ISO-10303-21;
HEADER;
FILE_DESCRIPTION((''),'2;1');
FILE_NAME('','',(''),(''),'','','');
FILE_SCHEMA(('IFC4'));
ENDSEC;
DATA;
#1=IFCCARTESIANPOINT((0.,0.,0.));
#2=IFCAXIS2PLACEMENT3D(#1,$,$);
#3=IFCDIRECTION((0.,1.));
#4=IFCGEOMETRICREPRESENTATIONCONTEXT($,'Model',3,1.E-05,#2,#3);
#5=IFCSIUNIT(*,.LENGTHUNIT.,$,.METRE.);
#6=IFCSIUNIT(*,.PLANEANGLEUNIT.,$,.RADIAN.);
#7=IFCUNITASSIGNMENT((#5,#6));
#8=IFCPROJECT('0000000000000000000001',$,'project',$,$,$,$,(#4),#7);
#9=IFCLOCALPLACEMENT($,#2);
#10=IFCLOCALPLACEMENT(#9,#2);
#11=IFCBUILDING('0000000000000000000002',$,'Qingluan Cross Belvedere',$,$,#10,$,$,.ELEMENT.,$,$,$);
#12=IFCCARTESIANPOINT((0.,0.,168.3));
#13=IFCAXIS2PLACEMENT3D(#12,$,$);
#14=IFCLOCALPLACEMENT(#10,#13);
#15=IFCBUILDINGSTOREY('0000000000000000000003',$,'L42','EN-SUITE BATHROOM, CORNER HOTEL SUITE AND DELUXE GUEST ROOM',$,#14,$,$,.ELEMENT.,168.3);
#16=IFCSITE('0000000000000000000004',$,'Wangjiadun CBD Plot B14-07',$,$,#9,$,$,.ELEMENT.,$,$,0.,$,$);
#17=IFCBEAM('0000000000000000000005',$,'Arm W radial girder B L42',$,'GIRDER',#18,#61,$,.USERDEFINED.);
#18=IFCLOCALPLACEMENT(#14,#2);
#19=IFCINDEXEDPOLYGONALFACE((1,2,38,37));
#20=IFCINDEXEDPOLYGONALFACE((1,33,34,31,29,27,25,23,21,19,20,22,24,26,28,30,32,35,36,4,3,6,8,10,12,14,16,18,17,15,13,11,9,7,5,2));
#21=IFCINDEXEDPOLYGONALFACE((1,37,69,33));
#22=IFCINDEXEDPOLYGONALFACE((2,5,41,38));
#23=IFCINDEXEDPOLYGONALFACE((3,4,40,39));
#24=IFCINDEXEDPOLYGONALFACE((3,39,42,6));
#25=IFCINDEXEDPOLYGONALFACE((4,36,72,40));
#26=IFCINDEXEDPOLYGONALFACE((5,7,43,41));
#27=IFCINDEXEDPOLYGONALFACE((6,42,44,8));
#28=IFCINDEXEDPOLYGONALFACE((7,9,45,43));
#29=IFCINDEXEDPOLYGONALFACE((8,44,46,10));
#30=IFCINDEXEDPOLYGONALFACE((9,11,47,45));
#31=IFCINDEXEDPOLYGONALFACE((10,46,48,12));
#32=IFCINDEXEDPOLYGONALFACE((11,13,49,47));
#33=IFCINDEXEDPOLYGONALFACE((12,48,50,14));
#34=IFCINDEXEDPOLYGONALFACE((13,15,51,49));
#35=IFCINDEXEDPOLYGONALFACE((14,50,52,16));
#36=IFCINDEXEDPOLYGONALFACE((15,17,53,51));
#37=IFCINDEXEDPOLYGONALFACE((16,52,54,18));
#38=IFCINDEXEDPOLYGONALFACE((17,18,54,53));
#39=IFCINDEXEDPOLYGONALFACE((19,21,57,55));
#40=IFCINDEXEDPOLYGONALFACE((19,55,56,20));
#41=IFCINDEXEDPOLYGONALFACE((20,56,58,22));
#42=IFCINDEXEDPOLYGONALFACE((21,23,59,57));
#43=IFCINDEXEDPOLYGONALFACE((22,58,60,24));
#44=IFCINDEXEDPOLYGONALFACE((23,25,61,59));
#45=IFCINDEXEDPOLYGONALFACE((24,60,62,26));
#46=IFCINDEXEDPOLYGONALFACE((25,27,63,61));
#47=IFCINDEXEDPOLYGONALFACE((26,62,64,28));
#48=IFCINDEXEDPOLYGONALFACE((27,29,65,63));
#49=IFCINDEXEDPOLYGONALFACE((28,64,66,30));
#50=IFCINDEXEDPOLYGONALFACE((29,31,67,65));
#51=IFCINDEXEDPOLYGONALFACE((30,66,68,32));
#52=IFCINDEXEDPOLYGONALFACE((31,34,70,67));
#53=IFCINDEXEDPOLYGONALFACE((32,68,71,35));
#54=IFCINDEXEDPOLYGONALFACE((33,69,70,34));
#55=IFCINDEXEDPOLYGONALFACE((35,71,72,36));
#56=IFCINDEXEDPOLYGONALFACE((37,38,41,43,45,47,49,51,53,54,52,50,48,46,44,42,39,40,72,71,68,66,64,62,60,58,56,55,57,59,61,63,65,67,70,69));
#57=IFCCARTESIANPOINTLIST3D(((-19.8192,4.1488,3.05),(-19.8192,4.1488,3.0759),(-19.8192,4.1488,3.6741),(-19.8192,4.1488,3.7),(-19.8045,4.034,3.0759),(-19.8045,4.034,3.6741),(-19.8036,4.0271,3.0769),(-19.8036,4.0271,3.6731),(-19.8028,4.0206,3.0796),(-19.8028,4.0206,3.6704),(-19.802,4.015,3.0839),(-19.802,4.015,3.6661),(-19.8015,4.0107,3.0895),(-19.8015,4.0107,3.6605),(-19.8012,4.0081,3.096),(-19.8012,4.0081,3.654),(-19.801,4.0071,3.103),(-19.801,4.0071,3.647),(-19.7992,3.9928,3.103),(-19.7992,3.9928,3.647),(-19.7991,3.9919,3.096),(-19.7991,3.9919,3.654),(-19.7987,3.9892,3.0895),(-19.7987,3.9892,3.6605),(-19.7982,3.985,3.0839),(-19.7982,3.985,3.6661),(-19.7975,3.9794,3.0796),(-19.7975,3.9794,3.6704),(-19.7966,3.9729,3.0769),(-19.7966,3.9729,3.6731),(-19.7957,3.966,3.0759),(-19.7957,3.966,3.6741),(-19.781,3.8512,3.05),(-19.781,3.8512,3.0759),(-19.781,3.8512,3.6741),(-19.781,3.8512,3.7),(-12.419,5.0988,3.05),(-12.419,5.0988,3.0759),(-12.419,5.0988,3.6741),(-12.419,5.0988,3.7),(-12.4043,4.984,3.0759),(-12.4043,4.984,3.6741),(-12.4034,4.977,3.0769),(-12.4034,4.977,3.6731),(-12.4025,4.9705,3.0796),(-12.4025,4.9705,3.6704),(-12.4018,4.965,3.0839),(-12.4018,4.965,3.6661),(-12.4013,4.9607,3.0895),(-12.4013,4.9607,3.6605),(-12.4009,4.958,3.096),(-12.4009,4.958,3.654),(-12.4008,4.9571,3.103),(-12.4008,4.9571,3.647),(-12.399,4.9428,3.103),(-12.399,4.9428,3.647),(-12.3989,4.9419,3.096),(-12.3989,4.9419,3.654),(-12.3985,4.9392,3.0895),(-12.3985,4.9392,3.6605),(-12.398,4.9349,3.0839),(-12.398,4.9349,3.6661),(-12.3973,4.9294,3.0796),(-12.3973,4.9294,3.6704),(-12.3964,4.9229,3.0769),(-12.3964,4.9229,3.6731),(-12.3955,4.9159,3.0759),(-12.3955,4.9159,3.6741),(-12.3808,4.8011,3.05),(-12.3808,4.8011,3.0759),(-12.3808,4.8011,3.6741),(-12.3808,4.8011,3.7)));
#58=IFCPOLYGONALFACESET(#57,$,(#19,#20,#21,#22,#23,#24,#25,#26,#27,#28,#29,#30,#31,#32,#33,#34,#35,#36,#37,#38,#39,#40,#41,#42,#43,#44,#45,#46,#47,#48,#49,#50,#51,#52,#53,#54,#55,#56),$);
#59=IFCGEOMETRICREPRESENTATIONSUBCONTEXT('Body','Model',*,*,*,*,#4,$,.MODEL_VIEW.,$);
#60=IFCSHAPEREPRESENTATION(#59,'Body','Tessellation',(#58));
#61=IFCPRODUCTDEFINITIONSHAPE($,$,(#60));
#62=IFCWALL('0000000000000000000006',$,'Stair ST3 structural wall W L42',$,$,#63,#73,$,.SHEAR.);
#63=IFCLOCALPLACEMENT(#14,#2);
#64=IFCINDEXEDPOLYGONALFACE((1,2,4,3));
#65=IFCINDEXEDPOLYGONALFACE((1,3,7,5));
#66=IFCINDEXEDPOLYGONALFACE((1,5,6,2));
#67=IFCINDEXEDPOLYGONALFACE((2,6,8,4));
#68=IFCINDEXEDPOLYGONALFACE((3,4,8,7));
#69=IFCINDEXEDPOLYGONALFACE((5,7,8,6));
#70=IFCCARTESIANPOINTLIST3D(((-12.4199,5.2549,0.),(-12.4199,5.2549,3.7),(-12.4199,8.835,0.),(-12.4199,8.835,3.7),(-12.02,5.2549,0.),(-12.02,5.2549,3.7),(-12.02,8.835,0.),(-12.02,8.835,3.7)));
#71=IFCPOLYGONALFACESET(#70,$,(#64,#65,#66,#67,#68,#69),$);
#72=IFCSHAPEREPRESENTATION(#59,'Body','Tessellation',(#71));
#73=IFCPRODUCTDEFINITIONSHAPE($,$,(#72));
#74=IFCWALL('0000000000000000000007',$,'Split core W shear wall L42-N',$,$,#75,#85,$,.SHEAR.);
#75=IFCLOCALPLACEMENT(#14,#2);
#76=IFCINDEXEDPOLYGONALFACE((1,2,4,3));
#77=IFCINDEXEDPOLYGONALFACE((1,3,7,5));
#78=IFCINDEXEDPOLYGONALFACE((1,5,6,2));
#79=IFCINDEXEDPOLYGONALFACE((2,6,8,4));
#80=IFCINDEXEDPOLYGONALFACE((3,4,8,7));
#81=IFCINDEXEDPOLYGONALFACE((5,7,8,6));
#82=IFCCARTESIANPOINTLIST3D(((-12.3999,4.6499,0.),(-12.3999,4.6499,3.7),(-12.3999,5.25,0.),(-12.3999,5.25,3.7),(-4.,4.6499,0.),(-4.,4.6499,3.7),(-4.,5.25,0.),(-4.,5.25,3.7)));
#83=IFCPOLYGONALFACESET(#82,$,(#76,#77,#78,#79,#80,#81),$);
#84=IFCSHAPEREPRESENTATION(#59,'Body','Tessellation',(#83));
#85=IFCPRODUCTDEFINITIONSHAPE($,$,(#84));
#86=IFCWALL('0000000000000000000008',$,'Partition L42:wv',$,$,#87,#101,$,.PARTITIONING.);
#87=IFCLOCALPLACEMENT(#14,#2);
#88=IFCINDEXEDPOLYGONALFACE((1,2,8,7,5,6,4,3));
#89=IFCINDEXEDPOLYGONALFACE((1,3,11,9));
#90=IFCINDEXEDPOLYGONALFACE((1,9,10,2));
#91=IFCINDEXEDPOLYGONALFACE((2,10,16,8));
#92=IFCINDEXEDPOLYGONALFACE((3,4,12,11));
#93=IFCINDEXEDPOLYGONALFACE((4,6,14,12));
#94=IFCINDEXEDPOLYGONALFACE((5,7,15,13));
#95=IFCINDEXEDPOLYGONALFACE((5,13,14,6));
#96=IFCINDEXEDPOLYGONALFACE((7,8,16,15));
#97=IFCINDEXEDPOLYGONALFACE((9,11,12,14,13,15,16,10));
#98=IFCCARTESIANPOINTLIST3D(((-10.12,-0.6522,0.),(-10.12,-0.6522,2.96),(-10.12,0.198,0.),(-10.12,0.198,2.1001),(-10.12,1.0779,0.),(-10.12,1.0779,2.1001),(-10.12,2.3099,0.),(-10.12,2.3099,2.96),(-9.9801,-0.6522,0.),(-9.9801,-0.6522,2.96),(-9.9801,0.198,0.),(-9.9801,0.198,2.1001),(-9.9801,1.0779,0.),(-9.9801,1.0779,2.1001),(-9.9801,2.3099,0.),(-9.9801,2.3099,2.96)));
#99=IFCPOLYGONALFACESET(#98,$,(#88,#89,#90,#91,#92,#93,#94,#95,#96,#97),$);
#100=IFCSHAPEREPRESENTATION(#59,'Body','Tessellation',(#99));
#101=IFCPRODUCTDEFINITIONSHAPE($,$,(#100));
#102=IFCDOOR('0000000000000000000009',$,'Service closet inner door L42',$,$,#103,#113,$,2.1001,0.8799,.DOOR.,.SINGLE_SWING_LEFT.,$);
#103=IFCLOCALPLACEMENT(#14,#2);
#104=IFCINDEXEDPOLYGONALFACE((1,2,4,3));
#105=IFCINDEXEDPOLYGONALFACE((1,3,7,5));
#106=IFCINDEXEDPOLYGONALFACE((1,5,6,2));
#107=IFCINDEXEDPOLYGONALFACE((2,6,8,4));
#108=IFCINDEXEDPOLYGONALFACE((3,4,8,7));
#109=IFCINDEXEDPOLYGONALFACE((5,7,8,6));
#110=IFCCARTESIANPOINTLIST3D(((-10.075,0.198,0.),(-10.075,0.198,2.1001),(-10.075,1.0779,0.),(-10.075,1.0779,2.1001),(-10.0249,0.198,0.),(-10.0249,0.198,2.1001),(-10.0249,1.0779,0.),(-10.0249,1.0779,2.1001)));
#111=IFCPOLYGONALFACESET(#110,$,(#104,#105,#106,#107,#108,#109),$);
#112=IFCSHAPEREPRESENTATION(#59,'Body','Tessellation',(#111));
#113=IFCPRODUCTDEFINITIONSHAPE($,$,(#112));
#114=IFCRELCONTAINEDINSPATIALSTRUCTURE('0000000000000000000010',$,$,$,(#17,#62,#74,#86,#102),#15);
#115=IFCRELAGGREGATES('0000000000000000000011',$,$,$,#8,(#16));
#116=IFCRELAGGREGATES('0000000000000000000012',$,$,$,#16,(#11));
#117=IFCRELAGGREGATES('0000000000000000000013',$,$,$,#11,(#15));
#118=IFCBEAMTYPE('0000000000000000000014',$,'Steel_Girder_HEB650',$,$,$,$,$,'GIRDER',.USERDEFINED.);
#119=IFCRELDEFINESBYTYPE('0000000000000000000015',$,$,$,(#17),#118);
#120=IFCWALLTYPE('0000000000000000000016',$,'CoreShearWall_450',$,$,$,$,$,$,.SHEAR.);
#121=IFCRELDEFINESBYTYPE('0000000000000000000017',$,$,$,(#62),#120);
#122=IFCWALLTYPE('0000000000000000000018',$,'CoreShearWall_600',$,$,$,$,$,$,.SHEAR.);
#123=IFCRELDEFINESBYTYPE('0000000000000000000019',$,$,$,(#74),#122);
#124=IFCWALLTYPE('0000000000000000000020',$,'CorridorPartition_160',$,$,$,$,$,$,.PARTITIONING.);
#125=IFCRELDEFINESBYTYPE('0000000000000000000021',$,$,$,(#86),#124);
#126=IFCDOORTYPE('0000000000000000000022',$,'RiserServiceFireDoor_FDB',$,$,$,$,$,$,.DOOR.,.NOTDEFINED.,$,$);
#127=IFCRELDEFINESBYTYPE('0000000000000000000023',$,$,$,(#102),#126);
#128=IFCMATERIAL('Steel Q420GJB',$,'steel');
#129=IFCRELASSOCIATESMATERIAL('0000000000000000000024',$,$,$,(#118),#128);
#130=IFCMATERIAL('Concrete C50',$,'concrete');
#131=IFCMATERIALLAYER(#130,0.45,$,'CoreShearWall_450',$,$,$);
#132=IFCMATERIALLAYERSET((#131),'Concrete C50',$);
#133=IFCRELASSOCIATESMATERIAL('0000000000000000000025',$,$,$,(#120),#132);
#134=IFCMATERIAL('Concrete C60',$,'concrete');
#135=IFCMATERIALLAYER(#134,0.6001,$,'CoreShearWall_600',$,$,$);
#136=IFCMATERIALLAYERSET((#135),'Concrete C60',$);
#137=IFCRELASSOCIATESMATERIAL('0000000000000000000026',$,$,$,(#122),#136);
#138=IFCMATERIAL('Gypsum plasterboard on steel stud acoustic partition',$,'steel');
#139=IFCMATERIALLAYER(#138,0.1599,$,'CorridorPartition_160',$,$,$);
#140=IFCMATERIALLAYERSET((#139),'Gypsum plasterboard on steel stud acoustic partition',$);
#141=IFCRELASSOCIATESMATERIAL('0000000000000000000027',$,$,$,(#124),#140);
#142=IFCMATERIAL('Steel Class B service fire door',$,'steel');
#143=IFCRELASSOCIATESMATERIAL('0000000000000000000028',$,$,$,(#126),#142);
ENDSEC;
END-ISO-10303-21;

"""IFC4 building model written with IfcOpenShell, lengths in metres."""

from ifc_helpers import new_model, si_unit, direction, frame, frame_2d, origin, origin_2d, place, context, subcontext, project, spatial, rectangle, i_section, extrude, material, layer, layer_set, material_profile, profile_set, type_object, element, fill, save


model = new_model("IFC4")

# Units and contexts
model_context = context("Model", 3, precision=1e-05, world=origin(), true_north=direction((0.0, 1.0)))
body_context = subcontext(model_context, "Body", "Model", "MODEL_VIEW")
ifc_project = project(units=[si_unit("LENGTHUNIT", "METRE"), si_unit("PLANEANGLEUNIT", "RADIAN")], contexts=[model_context])

# Site, building, storey
site_placement = place(None, origin())
site = spatial("IfcSite", under=ifc_project, at=site_placement, Name="Wangjiadun CBD Plot B14-07", CompositionType="ELEMENT", RefElevation=0.0)
building_placement = place(site_placement, origin())
building = spatial("IfcBuilding", under=site, at=building_placement, Name="Qingluan Cross Belvedere", CompositionType="ELEMENT")
storey_placement = place(building_placement, frame((0.0, 0.0, 168.3)))
storey = spatial("IfcBuildingStorey", under=building, at=storey_placement, Name="L42", Description="EN-SUITE BATHROOM, CORNER HOTEL SUITE AND DELUXE GUEST ROOM", CompositionType="ELEMENT", Elevation=168.3)

# Beam
ifc_material_1 = material(Name="Steel Q420GJB", Category="steel")
ifc_material_profile_1 = material_profile(ifc_material_1, i_section(OverallWidth=0.3, OverallDepth=0.6499, WebThickness=0.0144, FlangeThickness=0.0259, FilletRadius=0.0271, at=origin_2d()), Name="HEB650")
ifc_profile_set_1 = profile_set([ifc_material_profile_1], Name="Steel Q420GJB")
beam_type_1 = type_object("IfcBeamType", Name="Steel_Girder_HEB650", ElementType="GIRDER", PredefinedType="USERDEFINED", material=ifc_profile_set_1)
beam_1_placement = place(storey_placement, frame((-12.3999, 4.95, 3.375), z_axis=(-0.991861, -0.127324, 0.0), x_axis=(0.127324, -0.991861, 0.0)))
element("IfcBeam", 1, at=beam_1_placement, inside=storey, type_object=beam_type_1, Name="Arm W radial girder B L42", ObjectType="GIRDER", PredefinedType="USERDEFINED", context=body_context, shape_type="SweptSolid", body=[
    extrude(i_section(OverallWidth=0.3, OverallDepth=0.6499, WebThickness=0.0144, FlangeThickness=0.0259, FilletRadius=0.0271, at=origin_2d()), origin(), (0.0, 0.0, 1.0), 7.4609),
])

# Wall
ifc_material_2 = material(Name="Concrete C50", Category="concrete")
ifc_layer_1 = layer(ifc_material_2, 0.45, Name="CoreShearWall_450")
ifc_layer_set_1 = layer_set([ifc_layer_1], Name="Concrete C50")
wall_type_1 = type_object("IfcWallType", Name="CoreShearWall_450", PredefinedType="SHEAR", material=ifc_layer_set_1)
wall_1_placement = place(storey_placement, frame((-12.22, 5.2549, 0.0), z_axis=(0.0, 0.0, 1.0), x_axis=(0.0, 1.0, 0.0)))
element("IfcWall", 2, at=wall_1_placement, inside=storey, type_object=wall_type_1, Name="Stair ST3 structural wall W L42", PredefinedType="SHEAR", context=body_context, shape_type="SweptSolid", body=[
    extrude(rectangle(XDim=3.5801, YDim=0.3999, at=frame_2d((1.79, 0.0))), origin(), (0.0, 0.0, 1.0), 3.7),
])

# Wall
ifc_material_3 = material(Name="Concrete C60", Category="concrete")
ifc_layer_2 = layer(ifc_material_3, 0.6001, Name="CoreShearWall_600")
ifc_layer_set_2 = layer_set([ifc_layer_2], Name="Concrete C60")
wall_type_2 = type_object("IfcWallType", Name="CoreShearWall_600", PredefinedType="SHEAR", material=ifc_layer_set_2)
wall_2_placement = place(storey_placement, frame((-12.3999, 4.95, 0.0), z_axis=(0.0, 0.0, 1.0), x_axis=(1.0, 0.0, 0.0)))
element("IfcWall", 3, at=wall_2_placement, inside=storey, type_object=wall_type_2, Name="Split core W shear wall L42-N", PredefinedType="SHEAR", context=body_context, shape_type="SweptSolid", body=[
    extrude(rectangle(XDim=8.3999, YDim=0.6001, at=frame_2d((4.2, 0.0))), origin(), (0.0, 0.0, 1.0), 3.7),
])

# Wall, opening, door
ifc_material_4 = material(Name="Gypsum plasterboard on steel stud acoustic partition", Category="steel")
ifc_layer_3 = layer(ifc_material_4, 0.1599, Name="CorridorPartition_160")
ifc_layer_set_3 = layer_set([ifc_layer_3], Name="Gypsum plasterboard on steel stud acoustic partition")
wall_type_3 = type_object("IfcWallType", Name="CorridorPartition_160", PredefinedType="PARTITIONING", material=ifc_layer_set_3)
wall_3_placement = place(storey_placement, frame((-10.05, -0.6521, 0.0), z_axis=(0.0, 0.0, 1.0), x_axis=(0.0, 1.0, 0.0)))
wall_3 = element("IfcWall", 4, at=wall_3_placement, inside=storey, type_object=wall_type_3, Name="Partition L42:wv", PredefinedType="PARTITIONING", context=body_context, shape_type="SweptSolid", body=[
    extrude(rectangle(XDim=2.9622, YDim=0.1399, at=frame_2d((1.481, 0.0))), origin(), (0.0, 0.0, 1.0), 2.96),
])
opening_1_placement = place(wall_3_placement, frame((0.8501, 0.0, 0.0)))
opening_1 = element("IfcOpeningElement", 5, at=opening_1_placement, cuts=wall_3, PredefinedType="OPENING", context=body_context, shape_type="SweptSolid", body=[
    extrude(rectangle(XDim=0.8799, YDim=2.1001, at=frame_2d((0.4399, 1.05))), frame((0.0, 0.0798, 0.0), z_axis=(0.0, -1.0, 0.0), x_axis=(1.0, 0.0, 0.0)), (0.0, 0.0, 1.0), 0.1599),
])
ifc_material_5 = material(Name="Steel Class B service fire door", Category="steel")
door_type_1 = type_object("IfcDoorType", Name="RiserServiceFireDoor_FDB", OperationType="NOTDEFINED", PredefinedType="DOOR", material=ifc_material_5)
door_1_placement = place(opening_1_placement, origin())
door_1 = element("IfcDoor", 6, at=door_1_placement, inside=storey, type_object=door_type_1, Name="Service closet inner door L42", OperationType="SINGLE_SWING_LEFT", OverallHeight=2.1001, OverallWidth=0.8799, PredefinedType="DOOR", context=body_context, shape_type="SweptSolid", body=[
    extrude(rectangle(XDim=0.8799, YDim=2.1001, at=frame_2d((0.4399, 1.05))), frame((0.0, 0.0249, 0.0), z_axis=(0.0, -1.0, 0.0), x_axis=(1.0, 0.0, 0.0)), (0.0, 0.0, 1.0), 0.05),
])
fill(opening_1, door_1)

save(model, "model.ifc")
